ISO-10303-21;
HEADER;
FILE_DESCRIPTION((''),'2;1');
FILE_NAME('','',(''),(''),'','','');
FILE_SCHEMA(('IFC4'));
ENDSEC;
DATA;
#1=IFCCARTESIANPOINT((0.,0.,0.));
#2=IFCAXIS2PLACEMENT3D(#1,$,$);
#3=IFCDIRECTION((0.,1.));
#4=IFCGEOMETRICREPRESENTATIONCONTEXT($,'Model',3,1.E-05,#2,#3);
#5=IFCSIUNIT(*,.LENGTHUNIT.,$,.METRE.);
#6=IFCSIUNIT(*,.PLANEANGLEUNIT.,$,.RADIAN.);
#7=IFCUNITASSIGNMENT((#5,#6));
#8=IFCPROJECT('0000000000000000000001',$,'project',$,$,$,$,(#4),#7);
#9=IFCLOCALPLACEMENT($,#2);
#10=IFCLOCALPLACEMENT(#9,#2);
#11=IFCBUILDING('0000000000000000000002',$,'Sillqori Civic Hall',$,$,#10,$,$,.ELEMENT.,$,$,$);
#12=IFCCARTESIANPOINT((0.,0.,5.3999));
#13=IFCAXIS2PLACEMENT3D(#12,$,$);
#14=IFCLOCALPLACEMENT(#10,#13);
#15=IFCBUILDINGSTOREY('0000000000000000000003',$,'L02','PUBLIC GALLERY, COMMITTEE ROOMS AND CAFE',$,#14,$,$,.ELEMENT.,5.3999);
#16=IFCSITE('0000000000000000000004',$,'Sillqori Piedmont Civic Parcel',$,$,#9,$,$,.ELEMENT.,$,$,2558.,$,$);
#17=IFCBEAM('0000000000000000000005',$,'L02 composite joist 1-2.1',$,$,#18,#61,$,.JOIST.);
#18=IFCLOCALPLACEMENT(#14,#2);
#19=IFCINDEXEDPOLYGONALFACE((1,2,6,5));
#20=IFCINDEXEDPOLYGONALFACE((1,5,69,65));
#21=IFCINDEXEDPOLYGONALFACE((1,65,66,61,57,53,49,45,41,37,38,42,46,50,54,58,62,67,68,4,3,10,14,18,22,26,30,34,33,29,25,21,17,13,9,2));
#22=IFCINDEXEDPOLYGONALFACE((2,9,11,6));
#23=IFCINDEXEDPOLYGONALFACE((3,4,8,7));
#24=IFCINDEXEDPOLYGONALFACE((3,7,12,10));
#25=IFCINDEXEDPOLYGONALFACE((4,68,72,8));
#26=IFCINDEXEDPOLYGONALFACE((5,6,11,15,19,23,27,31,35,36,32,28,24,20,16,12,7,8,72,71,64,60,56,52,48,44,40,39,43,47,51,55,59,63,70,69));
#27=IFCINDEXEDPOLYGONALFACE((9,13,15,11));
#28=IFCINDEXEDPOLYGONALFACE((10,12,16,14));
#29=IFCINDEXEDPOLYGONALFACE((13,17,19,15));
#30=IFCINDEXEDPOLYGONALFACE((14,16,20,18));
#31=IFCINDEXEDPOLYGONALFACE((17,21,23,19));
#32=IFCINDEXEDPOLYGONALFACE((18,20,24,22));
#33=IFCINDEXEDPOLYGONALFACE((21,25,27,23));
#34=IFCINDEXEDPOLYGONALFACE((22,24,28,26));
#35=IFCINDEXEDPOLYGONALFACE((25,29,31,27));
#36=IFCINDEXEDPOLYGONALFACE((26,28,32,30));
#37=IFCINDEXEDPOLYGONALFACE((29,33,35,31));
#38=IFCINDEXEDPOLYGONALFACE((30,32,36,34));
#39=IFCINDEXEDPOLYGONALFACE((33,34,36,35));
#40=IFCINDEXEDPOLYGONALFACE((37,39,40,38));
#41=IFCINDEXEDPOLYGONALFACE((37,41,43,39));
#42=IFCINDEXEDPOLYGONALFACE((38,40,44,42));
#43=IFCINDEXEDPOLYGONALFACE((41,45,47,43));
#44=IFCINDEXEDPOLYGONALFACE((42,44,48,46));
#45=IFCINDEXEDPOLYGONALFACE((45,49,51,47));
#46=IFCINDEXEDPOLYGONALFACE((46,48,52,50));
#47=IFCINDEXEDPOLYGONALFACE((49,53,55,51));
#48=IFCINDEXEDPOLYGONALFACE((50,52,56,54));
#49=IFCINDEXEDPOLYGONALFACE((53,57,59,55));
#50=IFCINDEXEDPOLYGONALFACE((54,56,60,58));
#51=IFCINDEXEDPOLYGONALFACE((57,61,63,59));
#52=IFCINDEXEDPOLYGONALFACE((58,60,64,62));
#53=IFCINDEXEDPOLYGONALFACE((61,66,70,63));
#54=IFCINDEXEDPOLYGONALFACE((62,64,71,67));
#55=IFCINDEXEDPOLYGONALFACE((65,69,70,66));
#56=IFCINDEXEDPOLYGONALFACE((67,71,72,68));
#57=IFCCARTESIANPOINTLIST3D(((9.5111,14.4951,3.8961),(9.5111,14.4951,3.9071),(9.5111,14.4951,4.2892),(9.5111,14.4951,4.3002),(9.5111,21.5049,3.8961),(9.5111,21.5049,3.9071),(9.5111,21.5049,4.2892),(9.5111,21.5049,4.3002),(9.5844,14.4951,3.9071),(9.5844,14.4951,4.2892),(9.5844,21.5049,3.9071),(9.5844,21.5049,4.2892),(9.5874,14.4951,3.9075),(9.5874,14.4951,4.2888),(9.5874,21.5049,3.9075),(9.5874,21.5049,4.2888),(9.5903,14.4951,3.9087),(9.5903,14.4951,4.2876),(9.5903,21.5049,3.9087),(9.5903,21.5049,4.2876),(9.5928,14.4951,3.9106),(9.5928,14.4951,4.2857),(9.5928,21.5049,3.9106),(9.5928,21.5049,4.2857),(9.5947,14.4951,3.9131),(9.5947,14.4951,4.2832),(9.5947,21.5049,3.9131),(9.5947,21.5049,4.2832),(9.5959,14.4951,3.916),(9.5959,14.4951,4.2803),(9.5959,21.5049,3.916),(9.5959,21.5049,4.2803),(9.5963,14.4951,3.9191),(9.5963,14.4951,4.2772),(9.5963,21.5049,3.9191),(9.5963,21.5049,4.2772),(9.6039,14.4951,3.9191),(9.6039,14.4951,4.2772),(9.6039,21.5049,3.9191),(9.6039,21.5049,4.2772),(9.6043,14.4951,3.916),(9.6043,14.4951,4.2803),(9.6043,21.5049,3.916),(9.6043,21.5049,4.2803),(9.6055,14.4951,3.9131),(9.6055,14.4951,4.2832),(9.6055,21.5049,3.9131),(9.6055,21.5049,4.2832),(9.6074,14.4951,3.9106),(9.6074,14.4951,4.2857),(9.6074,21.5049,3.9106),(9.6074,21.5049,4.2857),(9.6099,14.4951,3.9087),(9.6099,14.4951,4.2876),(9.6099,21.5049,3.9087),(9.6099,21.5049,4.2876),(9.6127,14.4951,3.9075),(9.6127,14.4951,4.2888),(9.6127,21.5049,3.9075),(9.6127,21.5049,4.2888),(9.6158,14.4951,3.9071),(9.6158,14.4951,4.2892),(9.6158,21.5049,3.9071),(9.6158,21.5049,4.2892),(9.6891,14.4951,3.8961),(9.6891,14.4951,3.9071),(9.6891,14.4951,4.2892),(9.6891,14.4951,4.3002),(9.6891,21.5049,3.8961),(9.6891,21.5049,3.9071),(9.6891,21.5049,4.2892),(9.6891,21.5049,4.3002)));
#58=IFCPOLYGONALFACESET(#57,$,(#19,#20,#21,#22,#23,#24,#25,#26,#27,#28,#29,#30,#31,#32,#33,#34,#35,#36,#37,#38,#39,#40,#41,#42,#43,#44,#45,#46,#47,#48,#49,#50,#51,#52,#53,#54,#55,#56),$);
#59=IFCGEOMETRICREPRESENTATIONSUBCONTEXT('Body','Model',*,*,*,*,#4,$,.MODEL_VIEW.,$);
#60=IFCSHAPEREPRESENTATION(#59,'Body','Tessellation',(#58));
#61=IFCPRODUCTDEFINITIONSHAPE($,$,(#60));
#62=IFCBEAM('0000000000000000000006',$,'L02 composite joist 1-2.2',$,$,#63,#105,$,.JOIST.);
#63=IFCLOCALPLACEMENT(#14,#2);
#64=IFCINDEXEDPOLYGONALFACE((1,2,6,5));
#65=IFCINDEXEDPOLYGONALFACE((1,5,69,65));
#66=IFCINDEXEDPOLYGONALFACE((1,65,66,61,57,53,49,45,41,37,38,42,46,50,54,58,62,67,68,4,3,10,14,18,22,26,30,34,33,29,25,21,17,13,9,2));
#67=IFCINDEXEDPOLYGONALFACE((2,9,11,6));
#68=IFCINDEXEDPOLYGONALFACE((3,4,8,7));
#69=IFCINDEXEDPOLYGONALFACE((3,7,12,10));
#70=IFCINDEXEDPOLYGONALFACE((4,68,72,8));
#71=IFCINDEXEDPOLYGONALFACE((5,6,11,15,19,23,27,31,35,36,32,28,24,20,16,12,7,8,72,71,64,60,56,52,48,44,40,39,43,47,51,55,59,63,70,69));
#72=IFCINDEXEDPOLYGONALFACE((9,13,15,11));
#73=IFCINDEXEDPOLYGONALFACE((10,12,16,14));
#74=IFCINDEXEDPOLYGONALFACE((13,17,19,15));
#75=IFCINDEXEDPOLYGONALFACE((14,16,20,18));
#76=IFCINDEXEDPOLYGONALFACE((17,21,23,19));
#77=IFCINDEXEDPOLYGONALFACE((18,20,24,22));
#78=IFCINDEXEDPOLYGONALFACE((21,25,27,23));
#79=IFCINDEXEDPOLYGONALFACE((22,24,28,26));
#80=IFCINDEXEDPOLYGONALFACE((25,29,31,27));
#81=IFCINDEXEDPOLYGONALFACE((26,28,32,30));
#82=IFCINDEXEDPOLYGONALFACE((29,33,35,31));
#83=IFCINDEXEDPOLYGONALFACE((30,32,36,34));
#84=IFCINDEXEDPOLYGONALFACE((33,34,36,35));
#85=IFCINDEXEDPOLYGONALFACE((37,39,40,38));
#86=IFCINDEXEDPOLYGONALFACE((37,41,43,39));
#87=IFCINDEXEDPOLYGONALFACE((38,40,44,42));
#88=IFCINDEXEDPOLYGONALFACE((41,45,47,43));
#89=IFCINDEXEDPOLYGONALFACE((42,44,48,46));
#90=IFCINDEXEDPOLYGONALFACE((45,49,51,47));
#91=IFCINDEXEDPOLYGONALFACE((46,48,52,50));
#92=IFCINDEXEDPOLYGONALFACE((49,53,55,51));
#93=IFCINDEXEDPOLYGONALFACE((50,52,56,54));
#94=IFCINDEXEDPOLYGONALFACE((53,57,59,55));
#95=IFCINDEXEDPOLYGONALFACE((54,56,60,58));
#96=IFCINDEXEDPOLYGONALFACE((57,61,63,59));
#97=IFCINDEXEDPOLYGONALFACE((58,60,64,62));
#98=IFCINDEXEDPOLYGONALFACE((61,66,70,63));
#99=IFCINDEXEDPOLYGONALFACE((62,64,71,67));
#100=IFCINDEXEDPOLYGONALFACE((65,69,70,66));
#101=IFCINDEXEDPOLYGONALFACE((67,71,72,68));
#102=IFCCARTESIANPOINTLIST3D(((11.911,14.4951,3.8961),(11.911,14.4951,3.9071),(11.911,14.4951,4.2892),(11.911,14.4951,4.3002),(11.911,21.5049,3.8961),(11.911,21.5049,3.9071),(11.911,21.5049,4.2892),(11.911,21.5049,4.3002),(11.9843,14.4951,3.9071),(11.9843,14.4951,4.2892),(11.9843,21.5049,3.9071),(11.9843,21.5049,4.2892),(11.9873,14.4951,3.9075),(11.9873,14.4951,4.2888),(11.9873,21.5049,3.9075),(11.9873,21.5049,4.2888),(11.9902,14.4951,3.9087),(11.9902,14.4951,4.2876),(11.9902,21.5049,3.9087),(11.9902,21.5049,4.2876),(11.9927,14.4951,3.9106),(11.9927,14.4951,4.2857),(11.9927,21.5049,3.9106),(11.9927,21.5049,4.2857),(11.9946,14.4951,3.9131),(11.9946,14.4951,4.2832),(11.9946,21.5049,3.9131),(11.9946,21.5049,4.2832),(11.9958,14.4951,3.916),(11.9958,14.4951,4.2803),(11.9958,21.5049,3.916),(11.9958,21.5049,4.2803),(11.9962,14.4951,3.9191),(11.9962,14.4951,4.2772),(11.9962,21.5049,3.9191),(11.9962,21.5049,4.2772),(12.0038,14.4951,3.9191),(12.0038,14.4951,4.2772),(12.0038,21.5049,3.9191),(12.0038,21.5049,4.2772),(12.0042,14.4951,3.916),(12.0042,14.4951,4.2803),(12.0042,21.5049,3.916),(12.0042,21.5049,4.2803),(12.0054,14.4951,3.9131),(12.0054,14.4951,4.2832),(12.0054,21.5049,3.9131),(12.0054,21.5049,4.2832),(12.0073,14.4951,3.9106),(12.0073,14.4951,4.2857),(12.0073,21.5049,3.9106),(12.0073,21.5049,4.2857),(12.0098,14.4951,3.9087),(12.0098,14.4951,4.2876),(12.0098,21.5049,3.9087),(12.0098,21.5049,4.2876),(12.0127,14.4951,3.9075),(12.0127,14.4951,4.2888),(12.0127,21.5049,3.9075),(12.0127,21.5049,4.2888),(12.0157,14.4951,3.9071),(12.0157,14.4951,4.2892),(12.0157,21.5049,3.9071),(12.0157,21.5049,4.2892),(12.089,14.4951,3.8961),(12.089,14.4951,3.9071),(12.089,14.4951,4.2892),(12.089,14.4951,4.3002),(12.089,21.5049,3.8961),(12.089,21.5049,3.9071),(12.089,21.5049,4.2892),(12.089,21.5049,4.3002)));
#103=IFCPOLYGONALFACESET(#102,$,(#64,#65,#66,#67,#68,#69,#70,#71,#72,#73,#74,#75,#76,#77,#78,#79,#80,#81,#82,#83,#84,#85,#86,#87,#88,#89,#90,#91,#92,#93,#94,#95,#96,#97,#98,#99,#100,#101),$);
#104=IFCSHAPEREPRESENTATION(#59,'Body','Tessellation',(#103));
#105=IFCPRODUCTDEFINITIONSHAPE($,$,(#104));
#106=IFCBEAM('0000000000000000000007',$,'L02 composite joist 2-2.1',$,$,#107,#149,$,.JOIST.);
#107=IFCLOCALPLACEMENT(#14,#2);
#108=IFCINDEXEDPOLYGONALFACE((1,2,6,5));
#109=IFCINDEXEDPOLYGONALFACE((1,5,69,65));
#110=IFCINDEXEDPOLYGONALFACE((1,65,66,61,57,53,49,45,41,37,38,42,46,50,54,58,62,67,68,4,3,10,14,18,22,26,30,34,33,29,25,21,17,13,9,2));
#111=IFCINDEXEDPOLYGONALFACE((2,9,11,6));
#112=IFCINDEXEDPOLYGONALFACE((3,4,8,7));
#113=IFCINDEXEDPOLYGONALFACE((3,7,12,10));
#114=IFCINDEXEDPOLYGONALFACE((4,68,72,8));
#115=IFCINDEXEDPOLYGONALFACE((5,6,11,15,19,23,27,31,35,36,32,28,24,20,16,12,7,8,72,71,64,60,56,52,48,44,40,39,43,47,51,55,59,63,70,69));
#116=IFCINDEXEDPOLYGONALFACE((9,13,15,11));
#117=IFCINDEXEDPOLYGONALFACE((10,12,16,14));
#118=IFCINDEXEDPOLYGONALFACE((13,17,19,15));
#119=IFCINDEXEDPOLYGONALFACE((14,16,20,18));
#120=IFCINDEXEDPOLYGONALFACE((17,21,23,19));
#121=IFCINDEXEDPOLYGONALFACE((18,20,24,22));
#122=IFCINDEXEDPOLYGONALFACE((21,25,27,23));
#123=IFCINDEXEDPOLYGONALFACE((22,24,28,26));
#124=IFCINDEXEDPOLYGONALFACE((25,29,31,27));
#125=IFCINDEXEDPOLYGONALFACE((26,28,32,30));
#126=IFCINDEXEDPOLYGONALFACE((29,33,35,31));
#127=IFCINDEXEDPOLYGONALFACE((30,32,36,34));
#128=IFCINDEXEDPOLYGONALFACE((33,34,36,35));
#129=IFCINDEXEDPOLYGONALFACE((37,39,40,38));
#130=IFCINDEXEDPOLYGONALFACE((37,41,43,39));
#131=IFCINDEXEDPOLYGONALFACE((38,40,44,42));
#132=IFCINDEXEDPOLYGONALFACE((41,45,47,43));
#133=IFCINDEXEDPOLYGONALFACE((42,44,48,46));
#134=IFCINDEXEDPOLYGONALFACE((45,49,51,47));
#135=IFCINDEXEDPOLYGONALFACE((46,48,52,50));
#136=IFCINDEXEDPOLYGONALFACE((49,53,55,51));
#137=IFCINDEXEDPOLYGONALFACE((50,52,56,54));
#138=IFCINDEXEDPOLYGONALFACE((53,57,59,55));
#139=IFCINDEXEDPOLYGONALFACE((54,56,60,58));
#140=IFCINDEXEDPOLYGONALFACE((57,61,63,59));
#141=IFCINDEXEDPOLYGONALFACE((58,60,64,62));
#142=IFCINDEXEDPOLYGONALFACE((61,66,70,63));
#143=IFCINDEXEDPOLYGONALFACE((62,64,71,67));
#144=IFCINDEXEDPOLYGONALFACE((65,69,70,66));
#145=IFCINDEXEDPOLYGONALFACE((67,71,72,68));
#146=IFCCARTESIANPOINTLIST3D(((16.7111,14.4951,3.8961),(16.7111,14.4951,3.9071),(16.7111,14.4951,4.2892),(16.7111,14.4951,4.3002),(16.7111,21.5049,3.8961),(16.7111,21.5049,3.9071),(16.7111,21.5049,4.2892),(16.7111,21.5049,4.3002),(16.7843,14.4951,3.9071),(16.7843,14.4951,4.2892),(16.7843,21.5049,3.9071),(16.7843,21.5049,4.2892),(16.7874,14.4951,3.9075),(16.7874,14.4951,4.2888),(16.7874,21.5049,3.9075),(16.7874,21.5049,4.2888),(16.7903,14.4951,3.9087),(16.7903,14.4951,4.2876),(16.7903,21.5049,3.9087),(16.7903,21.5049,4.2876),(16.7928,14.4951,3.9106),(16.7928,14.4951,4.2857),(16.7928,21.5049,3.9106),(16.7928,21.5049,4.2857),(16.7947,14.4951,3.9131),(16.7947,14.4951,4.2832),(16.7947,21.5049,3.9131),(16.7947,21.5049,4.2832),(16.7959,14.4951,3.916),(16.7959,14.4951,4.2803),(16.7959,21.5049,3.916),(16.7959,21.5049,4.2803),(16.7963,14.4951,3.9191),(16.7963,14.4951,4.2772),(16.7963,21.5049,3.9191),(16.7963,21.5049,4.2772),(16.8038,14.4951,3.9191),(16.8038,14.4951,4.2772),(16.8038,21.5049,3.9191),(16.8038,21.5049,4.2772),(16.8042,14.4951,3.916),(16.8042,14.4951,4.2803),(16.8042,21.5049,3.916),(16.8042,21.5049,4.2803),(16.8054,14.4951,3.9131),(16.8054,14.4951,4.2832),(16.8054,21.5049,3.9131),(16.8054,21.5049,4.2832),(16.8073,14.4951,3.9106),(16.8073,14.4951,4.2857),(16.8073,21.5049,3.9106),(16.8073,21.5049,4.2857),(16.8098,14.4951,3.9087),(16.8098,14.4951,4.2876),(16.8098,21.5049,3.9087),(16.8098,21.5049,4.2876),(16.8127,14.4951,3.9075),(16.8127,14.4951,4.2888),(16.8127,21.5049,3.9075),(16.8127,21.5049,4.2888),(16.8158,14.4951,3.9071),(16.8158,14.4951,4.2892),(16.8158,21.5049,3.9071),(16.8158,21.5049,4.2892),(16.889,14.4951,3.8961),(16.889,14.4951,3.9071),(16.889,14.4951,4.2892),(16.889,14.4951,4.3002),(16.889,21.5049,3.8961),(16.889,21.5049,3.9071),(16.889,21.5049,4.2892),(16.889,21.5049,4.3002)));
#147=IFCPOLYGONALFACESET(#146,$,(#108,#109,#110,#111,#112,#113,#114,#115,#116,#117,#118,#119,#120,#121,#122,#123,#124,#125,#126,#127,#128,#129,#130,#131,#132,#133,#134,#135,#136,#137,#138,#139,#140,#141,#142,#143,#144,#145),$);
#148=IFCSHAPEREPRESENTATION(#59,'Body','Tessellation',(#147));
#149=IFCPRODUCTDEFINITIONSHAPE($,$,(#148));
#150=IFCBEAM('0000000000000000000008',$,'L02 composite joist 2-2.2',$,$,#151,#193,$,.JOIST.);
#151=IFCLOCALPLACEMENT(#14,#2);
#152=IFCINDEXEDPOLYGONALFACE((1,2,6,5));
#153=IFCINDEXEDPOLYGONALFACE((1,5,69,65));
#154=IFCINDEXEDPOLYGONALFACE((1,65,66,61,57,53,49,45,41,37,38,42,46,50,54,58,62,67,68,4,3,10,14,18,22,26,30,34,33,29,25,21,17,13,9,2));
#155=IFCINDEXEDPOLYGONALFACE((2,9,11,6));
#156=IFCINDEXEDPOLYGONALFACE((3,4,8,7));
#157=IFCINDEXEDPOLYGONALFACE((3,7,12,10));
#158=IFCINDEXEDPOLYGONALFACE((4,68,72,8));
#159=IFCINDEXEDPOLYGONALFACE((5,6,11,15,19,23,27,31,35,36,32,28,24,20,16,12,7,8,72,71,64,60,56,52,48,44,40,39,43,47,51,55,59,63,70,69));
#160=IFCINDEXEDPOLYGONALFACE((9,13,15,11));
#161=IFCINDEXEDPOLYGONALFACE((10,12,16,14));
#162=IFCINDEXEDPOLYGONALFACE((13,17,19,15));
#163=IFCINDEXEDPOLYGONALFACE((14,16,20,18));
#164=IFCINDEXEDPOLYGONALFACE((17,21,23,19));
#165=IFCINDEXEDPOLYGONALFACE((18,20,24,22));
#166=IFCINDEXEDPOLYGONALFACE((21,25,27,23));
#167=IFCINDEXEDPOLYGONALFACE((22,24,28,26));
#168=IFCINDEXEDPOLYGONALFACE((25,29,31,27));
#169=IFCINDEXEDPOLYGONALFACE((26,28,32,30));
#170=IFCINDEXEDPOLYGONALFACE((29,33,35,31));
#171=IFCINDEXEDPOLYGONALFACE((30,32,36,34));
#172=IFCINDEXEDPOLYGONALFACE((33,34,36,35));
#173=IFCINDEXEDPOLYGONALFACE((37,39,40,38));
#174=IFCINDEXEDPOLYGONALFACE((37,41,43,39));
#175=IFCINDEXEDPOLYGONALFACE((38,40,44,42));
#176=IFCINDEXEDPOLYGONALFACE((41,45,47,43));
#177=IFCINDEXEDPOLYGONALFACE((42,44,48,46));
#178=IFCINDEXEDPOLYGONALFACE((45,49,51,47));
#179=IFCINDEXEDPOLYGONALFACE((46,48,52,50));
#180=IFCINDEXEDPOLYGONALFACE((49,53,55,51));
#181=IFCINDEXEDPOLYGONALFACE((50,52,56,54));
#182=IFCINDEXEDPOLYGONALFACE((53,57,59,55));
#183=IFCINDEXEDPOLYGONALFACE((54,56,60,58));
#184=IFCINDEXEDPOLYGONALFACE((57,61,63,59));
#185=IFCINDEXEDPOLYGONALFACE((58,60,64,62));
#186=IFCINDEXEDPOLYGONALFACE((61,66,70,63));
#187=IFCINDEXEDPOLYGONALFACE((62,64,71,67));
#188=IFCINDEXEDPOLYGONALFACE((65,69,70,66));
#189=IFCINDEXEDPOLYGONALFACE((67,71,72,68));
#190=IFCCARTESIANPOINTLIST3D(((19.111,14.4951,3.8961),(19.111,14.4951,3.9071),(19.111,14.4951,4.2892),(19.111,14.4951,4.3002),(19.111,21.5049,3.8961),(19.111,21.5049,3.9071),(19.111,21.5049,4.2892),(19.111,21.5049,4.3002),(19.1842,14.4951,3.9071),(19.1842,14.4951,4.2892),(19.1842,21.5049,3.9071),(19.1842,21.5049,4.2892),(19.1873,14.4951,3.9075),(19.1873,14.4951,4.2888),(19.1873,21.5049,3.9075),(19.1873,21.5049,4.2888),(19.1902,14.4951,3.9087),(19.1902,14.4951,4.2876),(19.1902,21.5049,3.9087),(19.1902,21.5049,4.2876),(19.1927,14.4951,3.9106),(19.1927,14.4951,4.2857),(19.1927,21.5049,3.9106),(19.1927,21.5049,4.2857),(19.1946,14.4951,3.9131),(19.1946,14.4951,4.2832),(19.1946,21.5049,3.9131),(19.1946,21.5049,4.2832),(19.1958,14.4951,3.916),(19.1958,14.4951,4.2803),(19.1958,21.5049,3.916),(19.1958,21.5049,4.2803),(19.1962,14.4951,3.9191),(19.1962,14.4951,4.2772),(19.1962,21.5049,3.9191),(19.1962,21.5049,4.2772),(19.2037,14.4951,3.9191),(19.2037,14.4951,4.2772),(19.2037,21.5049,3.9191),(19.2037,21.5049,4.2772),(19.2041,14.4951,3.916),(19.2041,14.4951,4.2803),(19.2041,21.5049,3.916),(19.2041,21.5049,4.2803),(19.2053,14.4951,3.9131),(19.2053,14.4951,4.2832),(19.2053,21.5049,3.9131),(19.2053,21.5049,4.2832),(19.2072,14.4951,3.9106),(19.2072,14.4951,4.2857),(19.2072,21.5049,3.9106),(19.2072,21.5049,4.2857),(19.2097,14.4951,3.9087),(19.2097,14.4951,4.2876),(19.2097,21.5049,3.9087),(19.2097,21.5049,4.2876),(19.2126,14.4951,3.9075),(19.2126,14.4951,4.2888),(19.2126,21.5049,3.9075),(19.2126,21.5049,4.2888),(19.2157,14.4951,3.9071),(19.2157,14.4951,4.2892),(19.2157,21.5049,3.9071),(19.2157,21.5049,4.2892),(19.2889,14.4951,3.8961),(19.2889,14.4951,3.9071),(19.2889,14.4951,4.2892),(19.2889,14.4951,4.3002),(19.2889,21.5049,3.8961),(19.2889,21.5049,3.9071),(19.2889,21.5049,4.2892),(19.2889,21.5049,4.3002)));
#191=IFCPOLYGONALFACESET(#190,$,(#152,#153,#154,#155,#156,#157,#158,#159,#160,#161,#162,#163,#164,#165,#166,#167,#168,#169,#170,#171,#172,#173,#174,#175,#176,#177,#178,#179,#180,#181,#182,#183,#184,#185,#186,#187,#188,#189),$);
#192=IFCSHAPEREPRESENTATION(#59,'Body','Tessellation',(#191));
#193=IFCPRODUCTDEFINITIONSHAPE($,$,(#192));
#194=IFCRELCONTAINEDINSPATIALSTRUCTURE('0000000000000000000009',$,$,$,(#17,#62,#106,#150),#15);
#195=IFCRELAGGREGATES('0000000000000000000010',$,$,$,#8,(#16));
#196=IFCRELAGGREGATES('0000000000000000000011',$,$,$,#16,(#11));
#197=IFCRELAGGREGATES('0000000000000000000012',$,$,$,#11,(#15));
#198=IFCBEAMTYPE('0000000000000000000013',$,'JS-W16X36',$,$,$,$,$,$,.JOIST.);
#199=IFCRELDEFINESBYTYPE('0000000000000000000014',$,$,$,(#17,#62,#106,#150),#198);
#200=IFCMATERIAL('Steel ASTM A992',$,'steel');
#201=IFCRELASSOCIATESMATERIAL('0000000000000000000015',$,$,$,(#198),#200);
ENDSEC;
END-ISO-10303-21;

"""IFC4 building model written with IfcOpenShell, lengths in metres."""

from ifc_helpers import new_model, si_unit, direction, frame, origin, origin_2d, place, context, subcontext, project, spatial, i_section, extrude, material, material_profile, profile_set, type_object, element, save


model = new_model("IFC4")

# Units and contexts
model_context = context("Model", 3, precision=1e-05, world=origin(), true_north=direction((0.0, 1.0)))
body_context = subcontext(model_context, "Body", "Model", "MODEL_VIEW")
ifc_project = project(units=[si_unit("LENGTHUNIT", "METRE"), si_unit("PLANEANGLEUNIT", "RADIAN")], contexts=[model_context])

# Site, building, storey
site_placement = place(None, origin())
site = spatial("IfcSite", under=ifc_project, at=site_placement, Name="Sillqori Piedmont Civic Parcel", CompositionType="ELEMENT", RefElevation=2558.0)
building_placement = place(site_placement, origin())
building = spatial("IfcBuilding", under=site, at=building_placement, Name="Sillqori Civic Hall", CompositionType="ELEMENT")
storey_placement = place(building_placement, frame((0.0, 0.0, 5.3999)))
storey = spatial("IfcBuildingStorey", under=building, at=storey_placement, Name="L02", Description="PUBLIC GALLERY, COMMITTEE ROOMS AND CAFE", CompositionType="ELEMENT", Elevation=5.3999)

# Beams
ifc_material_1 = material(Name="Steel ASTM A992", Category="steel")
ifc_material_profile_1 = material_profile(ifc_material_1, i_section(OverallWidth=0.178, OverallDepth=0.4041, WebThickness=0.0076, FlangeThickness=0.011, FilletRadius=0.012, at=origin_2d()), Name="W16X36")
ifc_profile_set_1 = profile_set([ifc_material_profile_1], Name="Steel ASTM A992")
beam_type_1 = type_object("IfcBeamType", Name="JS-W16X36", PredefinedType="JOIST", material=ifc_profile_set_1)
for number, where, z_axis, x_axis, name in (
    (1, (9.6001, 14.4951, 4.0981), (0.0, 1.0, 0.0), (-1.0, 0.0, 0.0), "L02 composite joist 1-2.1"),
    (2, (12.0, 14.4951, 4.0981), (0.0, 1.0, 0.0), (-1.0, 0.0, 0.0), "L02 composite joist 1-2.2"),
    (3, (16.8, 14.4951, 4.0981), (0.0, 1.0, 0.0), (-1.0, 0.0, 0.0), "L02 composite joist 2-2.1"),
    (4, (19.2, 14.4951, 4.0981), (0.0, 1.0, 0.0), (-1.0, 0.0, 0.0), "L02 composite joist 2-2.2"),
):
    element("IfcBeam", number, at=place(storey_placement, frame(where, z_axis=z_axis, x_axis=x_axis)), inside=storey, type_object=beam_type_1, Name=name, PredefinedType="JOIST", context=body_context, shape_type="SweptSolid", body=[
        extrude(i_section(OverallWidth=0.178, OverallDepth=0.4041, WebThickness=0.0076, FlangeThickness=0.011, FilletRadius=0.012, at=origin_2d()), origin(), (0.0, 0.0, 1.0), 7.0098),
    ])

save(model, "model.ifc")
